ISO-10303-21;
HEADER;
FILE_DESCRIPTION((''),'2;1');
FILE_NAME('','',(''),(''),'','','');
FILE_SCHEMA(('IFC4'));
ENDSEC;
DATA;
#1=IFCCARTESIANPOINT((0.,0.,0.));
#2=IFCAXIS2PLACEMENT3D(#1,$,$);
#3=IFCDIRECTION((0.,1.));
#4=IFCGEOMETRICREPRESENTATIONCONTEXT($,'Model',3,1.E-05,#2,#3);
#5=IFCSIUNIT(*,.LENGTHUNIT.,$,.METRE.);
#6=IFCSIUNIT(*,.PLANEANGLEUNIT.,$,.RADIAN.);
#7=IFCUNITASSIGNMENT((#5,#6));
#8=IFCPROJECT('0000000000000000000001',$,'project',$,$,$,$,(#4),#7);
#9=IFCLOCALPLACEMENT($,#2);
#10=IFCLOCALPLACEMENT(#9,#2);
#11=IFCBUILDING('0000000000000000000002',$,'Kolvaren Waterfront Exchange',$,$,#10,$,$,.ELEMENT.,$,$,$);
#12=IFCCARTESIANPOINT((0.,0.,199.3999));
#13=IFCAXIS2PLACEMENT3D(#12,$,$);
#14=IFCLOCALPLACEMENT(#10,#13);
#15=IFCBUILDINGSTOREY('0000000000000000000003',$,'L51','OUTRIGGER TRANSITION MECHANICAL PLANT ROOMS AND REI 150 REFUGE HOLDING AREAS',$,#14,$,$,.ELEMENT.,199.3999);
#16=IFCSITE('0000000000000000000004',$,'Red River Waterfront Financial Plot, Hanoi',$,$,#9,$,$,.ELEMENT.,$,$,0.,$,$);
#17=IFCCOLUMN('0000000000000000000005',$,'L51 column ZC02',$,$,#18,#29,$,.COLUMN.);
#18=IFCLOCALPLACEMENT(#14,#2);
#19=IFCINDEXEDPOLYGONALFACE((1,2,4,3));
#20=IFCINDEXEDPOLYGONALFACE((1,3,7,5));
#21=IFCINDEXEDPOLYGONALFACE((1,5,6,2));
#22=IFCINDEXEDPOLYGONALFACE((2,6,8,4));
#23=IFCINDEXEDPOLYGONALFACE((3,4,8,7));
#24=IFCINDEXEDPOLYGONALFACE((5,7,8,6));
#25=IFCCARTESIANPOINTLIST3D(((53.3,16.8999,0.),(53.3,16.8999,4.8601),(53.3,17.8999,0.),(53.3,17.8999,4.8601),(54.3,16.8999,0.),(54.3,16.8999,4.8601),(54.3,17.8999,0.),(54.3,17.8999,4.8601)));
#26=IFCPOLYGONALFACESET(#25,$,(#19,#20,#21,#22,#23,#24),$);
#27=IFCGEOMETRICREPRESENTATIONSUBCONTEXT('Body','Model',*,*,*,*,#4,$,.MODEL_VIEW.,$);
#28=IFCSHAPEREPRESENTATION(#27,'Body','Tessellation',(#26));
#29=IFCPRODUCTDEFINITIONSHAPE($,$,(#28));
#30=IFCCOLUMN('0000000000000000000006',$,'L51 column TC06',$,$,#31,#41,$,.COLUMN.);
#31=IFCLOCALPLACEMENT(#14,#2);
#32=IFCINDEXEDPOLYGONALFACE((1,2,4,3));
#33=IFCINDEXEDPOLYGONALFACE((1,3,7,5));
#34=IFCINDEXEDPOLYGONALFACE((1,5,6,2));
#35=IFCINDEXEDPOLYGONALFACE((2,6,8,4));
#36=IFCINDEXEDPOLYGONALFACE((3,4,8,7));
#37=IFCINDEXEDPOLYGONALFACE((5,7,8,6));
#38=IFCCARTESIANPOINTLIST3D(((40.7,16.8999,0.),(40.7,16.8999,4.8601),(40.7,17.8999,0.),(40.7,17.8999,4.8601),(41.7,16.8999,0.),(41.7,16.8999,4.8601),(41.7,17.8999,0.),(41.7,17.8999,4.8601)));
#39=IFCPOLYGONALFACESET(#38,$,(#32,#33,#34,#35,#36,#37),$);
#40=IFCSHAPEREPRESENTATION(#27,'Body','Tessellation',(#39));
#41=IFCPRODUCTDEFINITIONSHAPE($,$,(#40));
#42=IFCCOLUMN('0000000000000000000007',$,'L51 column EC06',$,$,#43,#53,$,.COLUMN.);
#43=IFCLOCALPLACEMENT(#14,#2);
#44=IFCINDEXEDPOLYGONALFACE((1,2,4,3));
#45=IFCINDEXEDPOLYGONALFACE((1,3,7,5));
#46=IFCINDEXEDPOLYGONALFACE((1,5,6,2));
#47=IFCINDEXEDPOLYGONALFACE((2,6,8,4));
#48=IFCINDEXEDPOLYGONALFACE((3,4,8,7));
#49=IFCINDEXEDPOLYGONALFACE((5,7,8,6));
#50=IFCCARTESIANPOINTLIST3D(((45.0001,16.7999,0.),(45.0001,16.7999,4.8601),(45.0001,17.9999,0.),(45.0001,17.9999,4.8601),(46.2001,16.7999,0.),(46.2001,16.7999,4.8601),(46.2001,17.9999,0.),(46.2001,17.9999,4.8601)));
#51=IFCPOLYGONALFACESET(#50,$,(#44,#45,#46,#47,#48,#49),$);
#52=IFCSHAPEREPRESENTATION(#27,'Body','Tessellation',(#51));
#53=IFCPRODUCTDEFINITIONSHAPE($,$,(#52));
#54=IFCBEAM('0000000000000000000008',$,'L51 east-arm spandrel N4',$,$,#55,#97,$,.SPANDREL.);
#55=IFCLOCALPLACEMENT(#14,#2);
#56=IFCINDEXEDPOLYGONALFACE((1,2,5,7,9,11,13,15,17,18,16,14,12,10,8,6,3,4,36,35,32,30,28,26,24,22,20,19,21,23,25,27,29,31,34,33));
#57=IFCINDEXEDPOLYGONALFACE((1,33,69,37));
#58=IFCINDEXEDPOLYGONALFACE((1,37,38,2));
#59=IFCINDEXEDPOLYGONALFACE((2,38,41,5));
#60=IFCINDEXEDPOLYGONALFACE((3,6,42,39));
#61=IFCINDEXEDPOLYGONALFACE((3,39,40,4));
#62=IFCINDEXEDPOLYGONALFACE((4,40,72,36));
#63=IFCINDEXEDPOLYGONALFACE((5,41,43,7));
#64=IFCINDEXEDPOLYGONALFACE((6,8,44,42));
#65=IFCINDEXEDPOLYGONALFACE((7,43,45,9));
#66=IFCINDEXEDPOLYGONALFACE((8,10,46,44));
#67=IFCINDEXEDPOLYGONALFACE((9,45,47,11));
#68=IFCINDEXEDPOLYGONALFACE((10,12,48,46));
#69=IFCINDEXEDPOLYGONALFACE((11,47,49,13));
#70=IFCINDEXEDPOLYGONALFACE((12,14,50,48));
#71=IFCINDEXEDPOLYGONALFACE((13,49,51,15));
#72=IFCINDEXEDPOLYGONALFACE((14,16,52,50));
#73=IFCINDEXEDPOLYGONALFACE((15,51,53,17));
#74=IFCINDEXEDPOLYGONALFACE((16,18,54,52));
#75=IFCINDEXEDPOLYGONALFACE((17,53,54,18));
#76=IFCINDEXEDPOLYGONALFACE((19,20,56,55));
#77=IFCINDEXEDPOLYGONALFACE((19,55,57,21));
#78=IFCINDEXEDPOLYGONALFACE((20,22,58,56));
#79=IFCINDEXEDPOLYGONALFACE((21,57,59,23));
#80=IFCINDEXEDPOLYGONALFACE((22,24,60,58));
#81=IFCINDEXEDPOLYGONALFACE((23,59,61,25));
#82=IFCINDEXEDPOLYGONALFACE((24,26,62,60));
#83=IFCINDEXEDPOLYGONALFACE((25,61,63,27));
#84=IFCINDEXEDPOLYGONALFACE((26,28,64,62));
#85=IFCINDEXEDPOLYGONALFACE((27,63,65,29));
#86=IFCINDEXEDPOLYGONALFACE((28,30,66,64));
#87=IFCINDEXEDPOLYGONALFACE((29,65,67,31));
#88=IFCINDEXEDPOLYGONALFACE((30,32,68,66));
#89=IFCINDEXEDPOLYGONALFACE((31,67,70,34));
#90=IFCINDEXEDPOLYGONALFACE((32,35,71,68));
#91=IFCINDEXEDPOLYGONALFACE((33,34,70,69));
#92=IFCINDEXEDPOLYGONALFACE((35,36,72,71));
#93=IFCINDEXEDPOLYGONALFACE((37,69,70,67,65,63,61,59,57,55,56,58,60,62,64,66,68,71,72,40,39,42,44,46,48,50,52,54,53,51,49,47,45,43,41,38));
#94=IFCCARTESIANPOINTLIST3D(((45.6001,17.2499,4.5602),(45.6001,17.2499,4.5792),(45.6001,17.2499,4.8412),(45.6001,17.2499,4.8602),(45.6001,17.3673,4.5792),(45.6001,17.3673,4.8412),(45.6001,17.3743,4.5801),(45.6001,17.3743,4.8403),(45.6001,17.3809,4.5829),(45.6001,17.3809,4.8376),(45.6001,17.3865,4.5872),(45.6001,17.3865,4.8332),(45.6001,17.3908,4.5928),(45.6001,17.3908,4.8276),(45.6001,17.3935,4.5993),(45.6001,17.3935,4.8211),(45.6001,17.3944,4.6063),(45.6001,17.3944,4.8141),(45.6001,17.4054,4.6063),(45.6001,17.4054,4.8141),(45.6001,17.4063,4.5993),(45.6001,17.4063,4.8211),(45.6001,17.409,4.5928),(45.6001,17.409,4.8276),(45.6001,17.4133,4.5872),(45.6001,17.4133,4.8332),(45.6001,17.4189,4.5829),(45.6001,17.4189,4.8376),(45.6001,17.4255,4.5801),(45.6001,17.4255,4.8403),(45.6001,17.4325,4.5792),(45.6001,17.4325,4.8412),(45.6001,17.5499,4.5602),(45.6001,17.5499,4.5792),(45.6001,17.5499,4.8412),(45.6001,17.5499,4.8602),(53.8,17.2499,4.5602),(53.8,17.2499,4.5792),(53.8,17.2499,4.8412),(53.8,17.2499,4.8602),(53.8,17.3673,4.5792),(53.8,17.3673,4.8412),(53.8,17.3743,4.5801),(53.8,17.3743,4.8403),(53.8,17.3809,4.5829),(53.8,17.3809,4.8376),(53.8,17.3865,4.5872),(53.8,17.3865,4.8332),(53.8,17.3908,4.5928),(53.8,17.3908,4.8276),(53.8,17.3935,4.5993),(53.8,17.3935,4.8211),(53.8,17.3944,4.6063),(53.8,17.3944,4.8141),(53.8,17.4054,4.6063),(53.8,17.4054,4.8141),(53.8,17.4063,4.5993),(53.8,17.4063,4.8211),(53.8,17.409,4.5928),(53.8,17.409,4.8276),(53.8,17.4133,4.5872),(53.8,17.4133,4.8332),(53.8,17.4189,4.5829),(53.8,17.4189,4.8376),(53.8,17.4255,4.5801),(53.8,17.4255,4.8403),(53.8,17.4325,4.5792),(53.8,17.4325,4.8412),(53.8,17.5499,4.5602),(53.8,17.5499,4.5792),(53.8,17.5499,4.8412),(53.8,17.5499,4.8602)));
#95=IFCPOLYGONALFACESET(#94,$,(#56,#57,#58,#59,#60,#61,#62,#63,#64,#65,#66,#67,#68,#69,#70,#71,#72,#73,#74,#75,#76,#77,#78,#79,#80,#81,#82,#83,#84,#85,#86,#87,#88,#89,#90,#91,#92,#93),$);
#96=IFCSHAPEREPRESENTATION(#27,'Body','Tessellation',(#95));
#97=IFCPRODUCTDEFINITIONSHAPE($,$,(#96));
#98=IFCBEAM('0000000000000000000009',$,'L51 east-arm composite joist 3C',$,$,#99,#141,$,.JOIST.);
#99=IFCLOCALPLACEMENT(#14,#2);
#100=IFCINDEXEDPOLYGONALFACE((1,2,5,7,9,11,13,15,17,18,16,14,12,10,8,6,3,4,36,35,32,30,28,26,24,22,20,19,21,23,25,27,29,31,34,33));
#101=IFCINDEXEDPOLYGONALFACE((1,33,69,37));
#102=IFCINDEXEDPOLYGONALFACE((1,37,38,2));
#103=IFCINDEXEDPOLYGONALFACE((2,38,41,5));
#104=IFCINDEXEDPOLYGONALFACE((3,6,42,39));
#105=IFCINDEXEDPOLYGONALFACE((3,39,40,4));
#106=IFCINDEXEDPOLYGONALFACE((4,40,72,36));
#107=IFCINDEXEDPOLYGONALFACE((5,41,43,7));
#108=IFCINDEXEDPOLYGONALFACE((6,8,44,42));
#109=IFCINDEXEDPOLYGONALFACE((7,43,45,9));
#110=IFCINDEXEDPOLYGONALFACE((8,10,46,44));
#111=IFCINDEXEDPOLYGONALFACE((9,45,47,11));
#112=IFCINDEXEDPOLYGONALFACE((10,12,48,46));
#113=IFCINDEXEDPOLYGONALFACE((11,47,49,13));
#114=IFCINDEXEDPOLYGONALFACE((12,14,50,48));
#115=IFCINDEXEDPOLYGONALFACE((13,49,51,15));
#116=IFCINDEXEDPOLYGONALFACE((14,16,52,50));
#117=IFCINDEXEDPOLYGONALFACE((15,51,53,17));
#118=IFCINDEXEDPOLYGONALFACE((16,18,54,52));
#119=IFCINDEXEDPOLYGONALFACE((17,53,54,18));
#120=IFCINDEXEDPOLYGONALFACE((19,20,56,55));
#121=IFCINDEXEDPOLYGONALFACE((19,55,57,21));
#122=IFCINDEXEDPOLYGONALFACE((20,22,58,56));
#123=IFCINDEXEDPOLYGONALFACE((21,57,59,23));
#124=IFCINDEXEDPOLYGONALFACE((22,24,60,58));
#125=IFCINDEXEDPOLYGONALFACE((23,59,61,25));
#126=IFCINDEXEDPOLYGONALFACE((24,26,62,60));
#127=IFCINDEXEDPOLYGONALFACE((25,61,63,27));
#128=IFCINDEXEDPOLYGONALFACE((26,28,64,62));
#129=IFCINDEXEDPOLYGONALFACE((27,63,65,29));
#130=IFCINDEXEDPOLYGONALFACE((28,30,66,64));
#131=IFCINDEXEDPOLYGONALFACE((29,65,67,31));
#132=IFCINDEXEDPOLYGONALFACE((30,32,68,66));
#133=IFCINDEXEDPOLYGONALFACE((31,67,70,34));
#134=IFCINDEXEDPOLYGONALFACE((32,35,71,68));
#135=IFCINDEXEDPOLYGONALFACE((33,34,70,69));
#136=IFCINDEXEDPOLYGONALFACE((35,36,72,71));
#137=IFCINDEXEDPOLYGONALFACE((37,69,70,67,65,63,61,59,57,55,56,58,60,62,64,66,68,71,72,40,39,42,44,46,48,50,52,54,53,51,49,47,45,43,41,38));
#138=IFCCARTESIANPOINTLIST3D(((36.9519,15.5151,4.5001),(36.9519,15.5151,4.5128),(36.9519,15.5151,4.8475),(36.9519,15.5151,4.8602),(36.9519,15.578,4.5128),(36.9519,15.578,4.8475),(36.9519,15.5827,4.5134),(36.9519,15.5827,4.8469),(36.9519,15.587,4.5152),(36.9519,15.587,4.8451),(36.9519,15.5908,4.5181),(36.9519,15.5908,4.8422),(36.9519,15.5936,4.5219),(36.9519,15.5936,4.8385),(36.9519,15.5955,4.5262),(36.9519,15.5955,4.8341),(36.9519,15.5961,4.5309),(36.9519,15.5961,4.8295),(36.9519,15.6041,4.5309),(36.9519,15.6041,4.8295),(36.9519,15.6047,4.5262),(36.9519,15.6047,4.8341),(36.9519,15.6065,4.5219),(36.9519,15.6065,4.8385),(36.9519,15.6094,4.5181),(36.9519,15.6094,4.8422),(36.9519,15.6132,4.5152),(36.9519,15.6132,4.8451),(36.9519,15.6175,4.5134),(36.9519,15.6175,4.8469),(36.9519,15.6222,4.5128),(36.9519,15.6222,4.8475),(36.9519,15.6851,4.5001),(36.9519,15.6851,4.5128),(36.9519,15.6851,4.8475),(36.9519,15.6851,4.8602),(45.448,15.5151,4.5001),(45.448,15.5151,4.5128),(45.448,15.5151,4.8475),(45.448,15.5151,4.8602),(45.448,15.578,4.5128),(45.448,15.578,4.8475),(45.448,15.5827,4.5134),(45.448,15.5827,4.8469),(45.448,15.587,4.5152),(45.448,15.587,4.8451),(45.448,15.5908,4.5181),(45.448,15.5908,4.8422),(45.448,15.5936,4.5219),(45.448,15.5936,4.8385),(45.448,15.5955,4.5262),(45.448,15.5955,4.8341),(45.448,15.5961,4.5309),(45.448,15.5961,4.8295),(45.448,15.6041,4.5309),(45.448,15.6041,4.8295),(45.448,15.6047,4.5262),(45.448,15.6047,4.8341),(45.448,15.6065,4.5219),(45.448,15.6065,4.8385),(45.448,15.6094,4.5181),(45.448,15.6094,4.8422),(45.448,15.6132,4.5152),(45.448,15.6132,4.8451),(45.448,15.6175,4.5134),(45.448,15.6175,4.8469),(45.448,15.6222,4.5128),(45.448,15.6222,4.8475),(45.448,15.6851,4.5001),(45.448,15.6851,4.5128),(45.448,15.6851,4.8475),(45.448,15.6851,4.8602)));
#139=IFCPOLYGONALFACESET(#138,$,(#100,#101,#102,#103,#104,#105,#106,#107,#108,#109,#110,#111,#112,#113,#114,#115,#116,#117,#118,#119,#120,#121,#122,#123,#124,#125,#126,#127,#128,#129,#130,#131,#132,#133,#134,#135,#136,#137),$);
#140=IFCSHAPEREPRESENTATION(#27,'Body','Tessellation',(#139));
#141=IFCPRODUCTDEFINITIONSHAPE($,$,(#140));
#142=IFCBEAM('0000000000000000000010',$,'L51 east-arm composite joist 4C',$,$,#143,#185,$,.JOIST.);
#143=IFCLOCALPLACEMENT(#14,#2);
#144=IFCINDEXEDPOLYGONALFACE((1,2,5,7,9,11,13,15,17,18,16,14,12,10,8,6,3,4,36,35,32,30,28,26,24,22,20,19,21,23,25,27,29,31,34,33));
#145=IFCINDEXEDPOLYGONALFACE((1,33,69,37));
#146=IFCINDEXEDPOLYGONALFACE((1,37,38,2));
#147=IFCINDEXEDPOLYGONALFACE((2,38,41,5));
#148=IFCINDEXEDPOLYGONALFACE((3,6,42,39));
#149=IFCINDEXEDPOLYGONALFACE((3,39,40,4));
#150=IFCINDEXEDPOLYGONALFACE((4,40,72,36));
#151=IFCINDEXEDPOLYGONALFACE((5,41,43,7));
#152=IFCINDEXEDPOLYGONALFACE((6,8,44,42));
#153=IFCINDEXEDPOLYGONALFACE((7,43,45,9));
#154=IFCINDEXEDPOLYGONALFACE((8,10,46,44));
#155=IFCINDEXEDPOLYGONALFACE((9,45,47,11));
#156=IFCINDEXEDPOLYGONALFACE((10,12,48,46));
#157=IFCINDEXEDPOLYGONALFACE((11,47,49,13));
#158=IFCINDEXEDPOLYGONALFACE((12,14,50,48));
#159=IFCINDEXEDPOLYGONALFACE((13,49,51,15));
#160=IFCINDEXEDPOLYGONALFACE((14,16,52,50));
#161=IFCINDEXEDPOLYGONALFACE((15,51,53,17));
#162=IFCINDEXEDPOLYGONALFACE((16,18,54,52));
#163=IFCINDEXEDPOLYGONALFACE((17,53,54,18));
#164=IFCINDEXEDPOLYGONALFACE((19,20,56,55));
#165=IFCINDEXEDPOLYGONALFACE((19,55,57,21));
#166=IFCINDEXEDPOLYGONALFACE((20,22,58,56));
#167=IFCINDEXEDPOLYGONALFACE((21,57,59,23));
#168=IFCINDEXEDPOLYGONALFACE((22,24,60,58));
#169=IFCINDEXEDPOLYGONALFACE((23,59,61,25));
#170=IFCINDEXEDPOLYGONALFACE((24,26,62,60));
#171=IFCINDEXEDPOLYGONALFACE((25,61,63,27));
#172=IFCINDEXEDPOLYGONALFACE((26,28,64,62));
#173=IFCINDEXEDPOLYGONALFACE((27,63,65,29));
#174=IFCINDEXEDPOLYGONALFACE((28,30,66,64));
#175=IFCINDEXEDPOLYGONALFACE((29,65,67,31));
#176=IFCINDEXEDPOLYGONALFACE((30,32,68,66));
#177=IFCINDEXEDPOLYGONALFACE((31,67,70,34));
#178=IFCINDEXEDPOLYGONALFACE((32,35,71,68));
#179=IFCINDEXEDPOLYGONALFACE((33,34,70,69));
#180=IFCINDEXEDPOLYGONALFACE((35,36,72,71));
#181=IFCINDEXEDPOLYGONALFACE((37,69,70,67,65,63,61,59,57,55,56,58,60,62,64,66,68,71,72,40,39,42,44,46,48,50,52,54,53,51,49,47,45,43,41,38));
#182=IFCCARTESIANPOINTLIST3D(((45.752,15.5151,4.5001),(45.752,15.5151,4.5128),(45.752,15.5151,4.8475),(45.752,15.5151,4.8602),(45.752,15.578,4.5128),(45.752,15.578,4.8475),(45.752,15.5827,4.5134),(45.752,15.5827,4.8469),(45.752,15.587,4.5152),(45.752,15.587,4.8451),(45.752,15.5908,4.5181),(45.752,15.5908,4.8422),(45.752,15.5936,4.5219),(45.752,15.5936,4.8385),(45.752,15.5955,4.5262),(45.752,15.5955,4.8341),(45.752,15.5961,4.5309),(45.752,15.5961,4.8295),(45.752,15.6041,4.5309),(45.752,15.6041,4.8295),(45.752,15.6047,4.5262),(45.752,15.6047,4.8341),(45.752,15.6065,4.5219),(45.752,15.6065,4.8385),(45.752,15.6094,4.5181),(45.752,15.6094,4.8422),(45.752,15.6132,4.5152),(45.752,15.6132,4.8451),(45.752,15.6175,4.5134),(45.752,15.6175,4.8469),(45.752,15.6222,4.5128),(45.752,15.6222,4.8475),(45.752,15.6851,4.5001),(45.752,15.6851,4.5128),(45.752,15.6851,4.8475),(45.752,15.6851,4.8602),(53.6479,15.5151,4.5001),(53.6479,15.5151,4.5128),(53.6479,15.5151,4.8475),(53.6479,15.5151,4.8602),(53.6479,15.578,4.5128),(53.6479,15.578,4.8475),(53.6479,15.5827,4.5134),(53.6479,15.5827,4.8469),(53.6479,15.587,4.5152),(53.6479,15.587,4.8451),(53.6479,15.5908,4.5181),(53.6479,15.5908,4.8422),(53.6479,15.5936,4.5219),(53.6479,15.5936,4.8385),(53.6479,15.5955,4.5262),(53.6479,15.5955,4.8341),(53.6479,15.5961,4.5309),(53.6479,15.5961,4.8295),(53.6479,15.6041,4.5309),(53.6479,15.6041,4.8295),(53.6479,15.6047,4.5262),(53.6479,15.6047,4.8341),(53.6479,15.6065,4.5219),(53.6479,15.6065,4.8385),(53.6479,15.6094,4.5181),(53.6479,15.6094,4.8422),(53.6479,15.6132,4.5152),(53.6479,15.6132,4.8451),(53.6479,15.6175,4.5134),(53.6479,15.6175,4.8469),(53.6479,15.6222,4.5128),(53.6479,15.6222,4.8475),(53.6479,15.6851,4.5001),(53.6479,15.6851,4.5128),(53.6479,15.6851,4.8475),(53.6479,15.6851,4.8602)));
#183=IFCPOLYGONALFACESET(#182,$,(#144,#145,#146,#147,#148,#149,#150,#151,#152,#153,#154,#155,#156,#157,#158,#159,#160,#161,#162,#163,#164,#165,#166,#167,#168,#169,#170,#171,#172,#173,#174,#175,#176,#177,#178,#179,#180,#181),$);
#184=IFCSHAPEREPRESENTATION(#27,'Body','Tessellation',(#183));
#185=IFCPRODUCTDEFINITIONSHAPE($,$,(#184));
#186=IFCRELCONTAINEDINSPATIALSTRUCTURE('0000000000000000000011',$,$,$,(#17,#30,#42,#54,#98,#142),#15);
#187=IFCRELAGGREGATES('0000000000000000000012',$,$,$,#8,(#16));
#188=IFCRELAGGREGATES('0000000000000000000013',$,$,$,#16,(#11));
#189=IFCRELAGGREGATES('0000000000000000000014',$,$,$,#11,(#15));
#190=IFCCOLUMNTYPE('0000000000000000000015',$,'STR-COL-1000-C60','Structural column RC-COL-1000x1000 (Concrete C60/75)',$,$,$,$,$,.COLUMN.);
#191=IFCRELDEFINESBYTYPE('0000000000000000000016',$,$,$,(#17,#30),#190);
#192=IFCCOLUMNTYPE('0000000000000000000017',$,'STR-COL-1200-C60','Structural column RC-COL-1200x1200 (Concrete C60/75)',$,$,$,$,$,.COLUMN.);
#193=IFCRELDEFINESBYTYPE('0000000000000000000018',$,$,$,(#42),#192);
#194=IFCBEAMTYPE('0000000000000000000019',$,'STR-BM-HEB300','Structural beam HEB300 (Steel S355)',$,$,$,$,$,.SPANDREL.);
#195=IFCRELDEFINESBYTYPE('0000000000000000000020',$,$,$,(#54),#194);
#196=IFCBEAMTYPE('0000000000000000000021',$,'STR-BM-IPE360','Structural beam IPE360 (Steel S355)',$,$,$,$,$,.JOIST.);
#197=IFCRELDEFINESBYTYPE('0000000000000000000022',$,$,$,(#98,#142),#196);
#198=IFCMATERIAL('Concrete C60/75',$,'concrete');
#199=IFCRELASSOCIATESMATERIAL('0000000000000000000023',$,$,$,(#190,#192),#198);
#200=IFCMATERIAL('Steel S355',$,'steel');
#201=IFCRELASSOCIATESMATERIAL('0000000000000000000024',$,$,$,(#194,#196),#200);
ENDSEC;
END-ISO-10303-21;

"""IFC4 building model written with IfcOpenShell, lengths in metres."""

from ifc_helpers import new_model, si_unit, direction, frame, origin, origin_2d, place, context, subcontext, project, spatial, rectangle, i_section, extrude, material, material_profile, profile_set, type_object, element, save


model = new_model("IFC4")

# Units and contexts
model_context = context("Model", 3, precision=1e-05, world=origin(), true_north=direction((0.0, 1.0)))
body_context = subcontext(model_context, "Body", "Model", "MODEL_VIEW")
ifc_project = project(units=[si_unit("LENGTHUNIT", "METRE"), si_unit("PLANEANGLEUNIT", "RADIAN")], contexts=[model_context])

# Site, building, storey
site_placement = place(None, origin())
site = spatial("IfcSite", under=ifc_project, at=site_placement, Name="Red River Waterfront Financial Plot, Hanoi", CompositionType="ELEMENT", RefElevation=0.0)
building_placement = place(site_placement, origin())
building = spatial("IfcBuilding", under=site, at=building_placement, Name="Kolvaren Waterfront Exchange", CompositionType="ELEMENT")
storey_placement = place(building_placement, frame((0.0, 0.0, 199.3999)))
storey = spatial("IfcBuildingStorey", under=building, at=storey_placement, Name="L51", Description="OUTRIGGER TRANSITION MECHANICAL PLANT ROOMS AND REI 150 REFUGE HOLDING AREAS", CompositionType="ELEMENT", Elevation=199.3999)

# Columns
ifc_material_1 = material(Name="Concrete C60/75", Category="concrete")
ifc_material_profile_1 = material_profile(ifc_material_1, rectangle(XDim=1.0, YDim=1.0, at=origin_2d()), Name="RC-COL-1000x1000")
ifc_profile_set_1 = profile_set([ifc_material_profile_1], Name="Concrete C60/75")
column_type_1 = type_object("IfcColumnType", Name="STR-COL-1000-C60", Description="Structural column RC-COL-1000x1000 (Concrete C60/75)", PredefinedType="COLUMN", material=ifc_profile_set_1)
for number, where, z_axis, x_axis, name in (
    (1, (53.8, 17.3999, 0.0), (0.0, 0.0, 1.0), (1.0, 0.0, 0.0), "L51 column ZC02"),
    (2, (41.2, 17.3999, 0.0), (0.0, 0.0, 1.0), (1.0, 0.0, 0.0), "L51 column TC06"),
):
    element("IfcColumn", number, at=place(storey_placement, frame(where, z_axis=z_axis, x_axis=x_axis)), inside=storey, type_object=column_type_1, Name=name, PredefinedType="COLUMN", context=body_context, shape_type="SweptSolid", body=[
        extrude(rectangle(XDim=1.0, YDim=1.0, at=origin_2d()), origin(), (0.0, 0.0, 1.0), 4.8601),
    ])
ifc_material_profile_2 = material_profile(ifc_material_1, rectangle(XDim=1.2, YDim=1.2, at=origin_2d()), Name="RC-COL-1200x1200")
ifc_profile_set_2 = profile_set([ifc_material_profile_2], Name="Concrete C60/75")
column_type_2 = type_object("IfcColumnType", Name="STR-COL-1200-C60", Description="Structural column RC-COL-1200x1200 (Concrete C60/75)", PredefinedType="COLUMN", material=ifc_profile_set_2)
column_placement = place(storey_placement, frame((45.6001, 17.3999, 0.0), z_axis=(0.0, 0.0, 1.0), x_axis=(1.0, 0.0, 0.0)))
element("IfcColumn", 3, at=column_placement, inside=storey, type_object=column_type_2, Name="L51 column EC06", PredefinedType="COLUMN", context=body_context, shape_type="SweptSolid", body=[
    extrude(rectangle(XDim=1.2, YDim=1.2, at=origin_2d()), origin(), (0.0, 0.0, 1.0), 4.8601),
])

# Beams
ifc_material_2 = material(Name="Steel S355", Category="steel")
ifc_material_profile_3 = material_profile(ifc_material_2, i_section(OverallWidth=0.3, OverallDepth=0.3, WebThickness=0.011, FlangeThickness=0.019, FilletRadius=0.0271, at=origin_2d()), Name="HEB300")
ifc_profile_set_3 = profile_set([ifc_material_profile_3], Name="Steel S355")
beam_type_1 = type_object("IfcBeamType", Name="STR-BM-HEB300", Description="Structural beam HEB300 (Steel S355)", PredefinedType="SPANDREL", material=ifc_profile_set_3)
beam_1_placement = place(storey_placement, frame((45.6001, 17.3999, 4.7102), z_axis=(1.0, 0.0, 0.0), x_axis=(0.0, 1.0, 0.0)))
element("IfcBeam", 4, at=beam_1_placement, inside=storey, type_object=beam_type_1, Name="L51 east-arm spandrel N4", PredefinedType="SPANDREL", context=body_context, shape_type="SweptSolid", body=[
    extrude(i_section(OverallWidth=0.3, OverallDepth=0.3, WebThickness=0.011, FlangeThickness=0.019, FilletRadius=0.0271, at=origin_2d()), origin(), (0.0, 0.0, 1.0), 8.2),
])
ifc_material_profile_4 = material_profile(ifc_material_2, i_section(OverallWidth=0.1699, OverallDepth=0.3601, WebThickness=0.0081, FlangeThickness=0.0127, FilletRadius=0.0181, at=origin_2d()), Name="IPE360")
ifc_profile_set_4 = profile_set([ifc_material_profile_4], Name="Steel S355")
beam_type_2 = type_object("IfcBeamType", Name="STR-BM-IPE360", Description="Structural beam IPE360 (Steel S355)", PredefinedType="JOIST", material=ifc_profile_set_4)
beam_2_placement = place(storey_placement, frame((36.9519, 15.6001, 4.6802), z_axis=(1.0, 0.0, 0.0), x_axis=(0.0, 1.0, 0.0)))
element("IfcBeam", 5, at=beam_2_placement, inside=storey, type_object=beam_type_2, Name="L51 east-arm composite joist 3C", PredefinedType="JOIST", context=body_context, shape_type="SweptSolid", body=[
    extrude(i_section(OverallWidth=0.1699, OverallDepth=0.3601, WebThickness=0.0081, FlangeThickness=0.0127, FilletRadius=0.0181, at=origin_2d()), origin(), (0.0, 0.0, 1.0), 8.4961),
])
beam_3_placement = place(storey_placement, frame((45.752, 15.6001, 4.6802), z_axis=(1.0, 0.0, 0.0), x_axis=(0.0, 1.0, 0.0)))
element("IfcBeam", 6, at=beam_3_placement, inside=storey, type_object=beam_type_2, Name="L51 east-arm composite joist 4C", PredefinedType="JOIST", context=body_context, shape_type="SweptSolid", body=[
    extrude(i_section(OverallWidth=0.1699, OverallDepth=0.3601, WebThickness=0.0081, FlangeThickness=0.0127, FilletRadius=0.0181, at=origin_2d()), origin(), (0.0, 0.0, 1.0), 7.896),
])

save(model, "model.ifc")
